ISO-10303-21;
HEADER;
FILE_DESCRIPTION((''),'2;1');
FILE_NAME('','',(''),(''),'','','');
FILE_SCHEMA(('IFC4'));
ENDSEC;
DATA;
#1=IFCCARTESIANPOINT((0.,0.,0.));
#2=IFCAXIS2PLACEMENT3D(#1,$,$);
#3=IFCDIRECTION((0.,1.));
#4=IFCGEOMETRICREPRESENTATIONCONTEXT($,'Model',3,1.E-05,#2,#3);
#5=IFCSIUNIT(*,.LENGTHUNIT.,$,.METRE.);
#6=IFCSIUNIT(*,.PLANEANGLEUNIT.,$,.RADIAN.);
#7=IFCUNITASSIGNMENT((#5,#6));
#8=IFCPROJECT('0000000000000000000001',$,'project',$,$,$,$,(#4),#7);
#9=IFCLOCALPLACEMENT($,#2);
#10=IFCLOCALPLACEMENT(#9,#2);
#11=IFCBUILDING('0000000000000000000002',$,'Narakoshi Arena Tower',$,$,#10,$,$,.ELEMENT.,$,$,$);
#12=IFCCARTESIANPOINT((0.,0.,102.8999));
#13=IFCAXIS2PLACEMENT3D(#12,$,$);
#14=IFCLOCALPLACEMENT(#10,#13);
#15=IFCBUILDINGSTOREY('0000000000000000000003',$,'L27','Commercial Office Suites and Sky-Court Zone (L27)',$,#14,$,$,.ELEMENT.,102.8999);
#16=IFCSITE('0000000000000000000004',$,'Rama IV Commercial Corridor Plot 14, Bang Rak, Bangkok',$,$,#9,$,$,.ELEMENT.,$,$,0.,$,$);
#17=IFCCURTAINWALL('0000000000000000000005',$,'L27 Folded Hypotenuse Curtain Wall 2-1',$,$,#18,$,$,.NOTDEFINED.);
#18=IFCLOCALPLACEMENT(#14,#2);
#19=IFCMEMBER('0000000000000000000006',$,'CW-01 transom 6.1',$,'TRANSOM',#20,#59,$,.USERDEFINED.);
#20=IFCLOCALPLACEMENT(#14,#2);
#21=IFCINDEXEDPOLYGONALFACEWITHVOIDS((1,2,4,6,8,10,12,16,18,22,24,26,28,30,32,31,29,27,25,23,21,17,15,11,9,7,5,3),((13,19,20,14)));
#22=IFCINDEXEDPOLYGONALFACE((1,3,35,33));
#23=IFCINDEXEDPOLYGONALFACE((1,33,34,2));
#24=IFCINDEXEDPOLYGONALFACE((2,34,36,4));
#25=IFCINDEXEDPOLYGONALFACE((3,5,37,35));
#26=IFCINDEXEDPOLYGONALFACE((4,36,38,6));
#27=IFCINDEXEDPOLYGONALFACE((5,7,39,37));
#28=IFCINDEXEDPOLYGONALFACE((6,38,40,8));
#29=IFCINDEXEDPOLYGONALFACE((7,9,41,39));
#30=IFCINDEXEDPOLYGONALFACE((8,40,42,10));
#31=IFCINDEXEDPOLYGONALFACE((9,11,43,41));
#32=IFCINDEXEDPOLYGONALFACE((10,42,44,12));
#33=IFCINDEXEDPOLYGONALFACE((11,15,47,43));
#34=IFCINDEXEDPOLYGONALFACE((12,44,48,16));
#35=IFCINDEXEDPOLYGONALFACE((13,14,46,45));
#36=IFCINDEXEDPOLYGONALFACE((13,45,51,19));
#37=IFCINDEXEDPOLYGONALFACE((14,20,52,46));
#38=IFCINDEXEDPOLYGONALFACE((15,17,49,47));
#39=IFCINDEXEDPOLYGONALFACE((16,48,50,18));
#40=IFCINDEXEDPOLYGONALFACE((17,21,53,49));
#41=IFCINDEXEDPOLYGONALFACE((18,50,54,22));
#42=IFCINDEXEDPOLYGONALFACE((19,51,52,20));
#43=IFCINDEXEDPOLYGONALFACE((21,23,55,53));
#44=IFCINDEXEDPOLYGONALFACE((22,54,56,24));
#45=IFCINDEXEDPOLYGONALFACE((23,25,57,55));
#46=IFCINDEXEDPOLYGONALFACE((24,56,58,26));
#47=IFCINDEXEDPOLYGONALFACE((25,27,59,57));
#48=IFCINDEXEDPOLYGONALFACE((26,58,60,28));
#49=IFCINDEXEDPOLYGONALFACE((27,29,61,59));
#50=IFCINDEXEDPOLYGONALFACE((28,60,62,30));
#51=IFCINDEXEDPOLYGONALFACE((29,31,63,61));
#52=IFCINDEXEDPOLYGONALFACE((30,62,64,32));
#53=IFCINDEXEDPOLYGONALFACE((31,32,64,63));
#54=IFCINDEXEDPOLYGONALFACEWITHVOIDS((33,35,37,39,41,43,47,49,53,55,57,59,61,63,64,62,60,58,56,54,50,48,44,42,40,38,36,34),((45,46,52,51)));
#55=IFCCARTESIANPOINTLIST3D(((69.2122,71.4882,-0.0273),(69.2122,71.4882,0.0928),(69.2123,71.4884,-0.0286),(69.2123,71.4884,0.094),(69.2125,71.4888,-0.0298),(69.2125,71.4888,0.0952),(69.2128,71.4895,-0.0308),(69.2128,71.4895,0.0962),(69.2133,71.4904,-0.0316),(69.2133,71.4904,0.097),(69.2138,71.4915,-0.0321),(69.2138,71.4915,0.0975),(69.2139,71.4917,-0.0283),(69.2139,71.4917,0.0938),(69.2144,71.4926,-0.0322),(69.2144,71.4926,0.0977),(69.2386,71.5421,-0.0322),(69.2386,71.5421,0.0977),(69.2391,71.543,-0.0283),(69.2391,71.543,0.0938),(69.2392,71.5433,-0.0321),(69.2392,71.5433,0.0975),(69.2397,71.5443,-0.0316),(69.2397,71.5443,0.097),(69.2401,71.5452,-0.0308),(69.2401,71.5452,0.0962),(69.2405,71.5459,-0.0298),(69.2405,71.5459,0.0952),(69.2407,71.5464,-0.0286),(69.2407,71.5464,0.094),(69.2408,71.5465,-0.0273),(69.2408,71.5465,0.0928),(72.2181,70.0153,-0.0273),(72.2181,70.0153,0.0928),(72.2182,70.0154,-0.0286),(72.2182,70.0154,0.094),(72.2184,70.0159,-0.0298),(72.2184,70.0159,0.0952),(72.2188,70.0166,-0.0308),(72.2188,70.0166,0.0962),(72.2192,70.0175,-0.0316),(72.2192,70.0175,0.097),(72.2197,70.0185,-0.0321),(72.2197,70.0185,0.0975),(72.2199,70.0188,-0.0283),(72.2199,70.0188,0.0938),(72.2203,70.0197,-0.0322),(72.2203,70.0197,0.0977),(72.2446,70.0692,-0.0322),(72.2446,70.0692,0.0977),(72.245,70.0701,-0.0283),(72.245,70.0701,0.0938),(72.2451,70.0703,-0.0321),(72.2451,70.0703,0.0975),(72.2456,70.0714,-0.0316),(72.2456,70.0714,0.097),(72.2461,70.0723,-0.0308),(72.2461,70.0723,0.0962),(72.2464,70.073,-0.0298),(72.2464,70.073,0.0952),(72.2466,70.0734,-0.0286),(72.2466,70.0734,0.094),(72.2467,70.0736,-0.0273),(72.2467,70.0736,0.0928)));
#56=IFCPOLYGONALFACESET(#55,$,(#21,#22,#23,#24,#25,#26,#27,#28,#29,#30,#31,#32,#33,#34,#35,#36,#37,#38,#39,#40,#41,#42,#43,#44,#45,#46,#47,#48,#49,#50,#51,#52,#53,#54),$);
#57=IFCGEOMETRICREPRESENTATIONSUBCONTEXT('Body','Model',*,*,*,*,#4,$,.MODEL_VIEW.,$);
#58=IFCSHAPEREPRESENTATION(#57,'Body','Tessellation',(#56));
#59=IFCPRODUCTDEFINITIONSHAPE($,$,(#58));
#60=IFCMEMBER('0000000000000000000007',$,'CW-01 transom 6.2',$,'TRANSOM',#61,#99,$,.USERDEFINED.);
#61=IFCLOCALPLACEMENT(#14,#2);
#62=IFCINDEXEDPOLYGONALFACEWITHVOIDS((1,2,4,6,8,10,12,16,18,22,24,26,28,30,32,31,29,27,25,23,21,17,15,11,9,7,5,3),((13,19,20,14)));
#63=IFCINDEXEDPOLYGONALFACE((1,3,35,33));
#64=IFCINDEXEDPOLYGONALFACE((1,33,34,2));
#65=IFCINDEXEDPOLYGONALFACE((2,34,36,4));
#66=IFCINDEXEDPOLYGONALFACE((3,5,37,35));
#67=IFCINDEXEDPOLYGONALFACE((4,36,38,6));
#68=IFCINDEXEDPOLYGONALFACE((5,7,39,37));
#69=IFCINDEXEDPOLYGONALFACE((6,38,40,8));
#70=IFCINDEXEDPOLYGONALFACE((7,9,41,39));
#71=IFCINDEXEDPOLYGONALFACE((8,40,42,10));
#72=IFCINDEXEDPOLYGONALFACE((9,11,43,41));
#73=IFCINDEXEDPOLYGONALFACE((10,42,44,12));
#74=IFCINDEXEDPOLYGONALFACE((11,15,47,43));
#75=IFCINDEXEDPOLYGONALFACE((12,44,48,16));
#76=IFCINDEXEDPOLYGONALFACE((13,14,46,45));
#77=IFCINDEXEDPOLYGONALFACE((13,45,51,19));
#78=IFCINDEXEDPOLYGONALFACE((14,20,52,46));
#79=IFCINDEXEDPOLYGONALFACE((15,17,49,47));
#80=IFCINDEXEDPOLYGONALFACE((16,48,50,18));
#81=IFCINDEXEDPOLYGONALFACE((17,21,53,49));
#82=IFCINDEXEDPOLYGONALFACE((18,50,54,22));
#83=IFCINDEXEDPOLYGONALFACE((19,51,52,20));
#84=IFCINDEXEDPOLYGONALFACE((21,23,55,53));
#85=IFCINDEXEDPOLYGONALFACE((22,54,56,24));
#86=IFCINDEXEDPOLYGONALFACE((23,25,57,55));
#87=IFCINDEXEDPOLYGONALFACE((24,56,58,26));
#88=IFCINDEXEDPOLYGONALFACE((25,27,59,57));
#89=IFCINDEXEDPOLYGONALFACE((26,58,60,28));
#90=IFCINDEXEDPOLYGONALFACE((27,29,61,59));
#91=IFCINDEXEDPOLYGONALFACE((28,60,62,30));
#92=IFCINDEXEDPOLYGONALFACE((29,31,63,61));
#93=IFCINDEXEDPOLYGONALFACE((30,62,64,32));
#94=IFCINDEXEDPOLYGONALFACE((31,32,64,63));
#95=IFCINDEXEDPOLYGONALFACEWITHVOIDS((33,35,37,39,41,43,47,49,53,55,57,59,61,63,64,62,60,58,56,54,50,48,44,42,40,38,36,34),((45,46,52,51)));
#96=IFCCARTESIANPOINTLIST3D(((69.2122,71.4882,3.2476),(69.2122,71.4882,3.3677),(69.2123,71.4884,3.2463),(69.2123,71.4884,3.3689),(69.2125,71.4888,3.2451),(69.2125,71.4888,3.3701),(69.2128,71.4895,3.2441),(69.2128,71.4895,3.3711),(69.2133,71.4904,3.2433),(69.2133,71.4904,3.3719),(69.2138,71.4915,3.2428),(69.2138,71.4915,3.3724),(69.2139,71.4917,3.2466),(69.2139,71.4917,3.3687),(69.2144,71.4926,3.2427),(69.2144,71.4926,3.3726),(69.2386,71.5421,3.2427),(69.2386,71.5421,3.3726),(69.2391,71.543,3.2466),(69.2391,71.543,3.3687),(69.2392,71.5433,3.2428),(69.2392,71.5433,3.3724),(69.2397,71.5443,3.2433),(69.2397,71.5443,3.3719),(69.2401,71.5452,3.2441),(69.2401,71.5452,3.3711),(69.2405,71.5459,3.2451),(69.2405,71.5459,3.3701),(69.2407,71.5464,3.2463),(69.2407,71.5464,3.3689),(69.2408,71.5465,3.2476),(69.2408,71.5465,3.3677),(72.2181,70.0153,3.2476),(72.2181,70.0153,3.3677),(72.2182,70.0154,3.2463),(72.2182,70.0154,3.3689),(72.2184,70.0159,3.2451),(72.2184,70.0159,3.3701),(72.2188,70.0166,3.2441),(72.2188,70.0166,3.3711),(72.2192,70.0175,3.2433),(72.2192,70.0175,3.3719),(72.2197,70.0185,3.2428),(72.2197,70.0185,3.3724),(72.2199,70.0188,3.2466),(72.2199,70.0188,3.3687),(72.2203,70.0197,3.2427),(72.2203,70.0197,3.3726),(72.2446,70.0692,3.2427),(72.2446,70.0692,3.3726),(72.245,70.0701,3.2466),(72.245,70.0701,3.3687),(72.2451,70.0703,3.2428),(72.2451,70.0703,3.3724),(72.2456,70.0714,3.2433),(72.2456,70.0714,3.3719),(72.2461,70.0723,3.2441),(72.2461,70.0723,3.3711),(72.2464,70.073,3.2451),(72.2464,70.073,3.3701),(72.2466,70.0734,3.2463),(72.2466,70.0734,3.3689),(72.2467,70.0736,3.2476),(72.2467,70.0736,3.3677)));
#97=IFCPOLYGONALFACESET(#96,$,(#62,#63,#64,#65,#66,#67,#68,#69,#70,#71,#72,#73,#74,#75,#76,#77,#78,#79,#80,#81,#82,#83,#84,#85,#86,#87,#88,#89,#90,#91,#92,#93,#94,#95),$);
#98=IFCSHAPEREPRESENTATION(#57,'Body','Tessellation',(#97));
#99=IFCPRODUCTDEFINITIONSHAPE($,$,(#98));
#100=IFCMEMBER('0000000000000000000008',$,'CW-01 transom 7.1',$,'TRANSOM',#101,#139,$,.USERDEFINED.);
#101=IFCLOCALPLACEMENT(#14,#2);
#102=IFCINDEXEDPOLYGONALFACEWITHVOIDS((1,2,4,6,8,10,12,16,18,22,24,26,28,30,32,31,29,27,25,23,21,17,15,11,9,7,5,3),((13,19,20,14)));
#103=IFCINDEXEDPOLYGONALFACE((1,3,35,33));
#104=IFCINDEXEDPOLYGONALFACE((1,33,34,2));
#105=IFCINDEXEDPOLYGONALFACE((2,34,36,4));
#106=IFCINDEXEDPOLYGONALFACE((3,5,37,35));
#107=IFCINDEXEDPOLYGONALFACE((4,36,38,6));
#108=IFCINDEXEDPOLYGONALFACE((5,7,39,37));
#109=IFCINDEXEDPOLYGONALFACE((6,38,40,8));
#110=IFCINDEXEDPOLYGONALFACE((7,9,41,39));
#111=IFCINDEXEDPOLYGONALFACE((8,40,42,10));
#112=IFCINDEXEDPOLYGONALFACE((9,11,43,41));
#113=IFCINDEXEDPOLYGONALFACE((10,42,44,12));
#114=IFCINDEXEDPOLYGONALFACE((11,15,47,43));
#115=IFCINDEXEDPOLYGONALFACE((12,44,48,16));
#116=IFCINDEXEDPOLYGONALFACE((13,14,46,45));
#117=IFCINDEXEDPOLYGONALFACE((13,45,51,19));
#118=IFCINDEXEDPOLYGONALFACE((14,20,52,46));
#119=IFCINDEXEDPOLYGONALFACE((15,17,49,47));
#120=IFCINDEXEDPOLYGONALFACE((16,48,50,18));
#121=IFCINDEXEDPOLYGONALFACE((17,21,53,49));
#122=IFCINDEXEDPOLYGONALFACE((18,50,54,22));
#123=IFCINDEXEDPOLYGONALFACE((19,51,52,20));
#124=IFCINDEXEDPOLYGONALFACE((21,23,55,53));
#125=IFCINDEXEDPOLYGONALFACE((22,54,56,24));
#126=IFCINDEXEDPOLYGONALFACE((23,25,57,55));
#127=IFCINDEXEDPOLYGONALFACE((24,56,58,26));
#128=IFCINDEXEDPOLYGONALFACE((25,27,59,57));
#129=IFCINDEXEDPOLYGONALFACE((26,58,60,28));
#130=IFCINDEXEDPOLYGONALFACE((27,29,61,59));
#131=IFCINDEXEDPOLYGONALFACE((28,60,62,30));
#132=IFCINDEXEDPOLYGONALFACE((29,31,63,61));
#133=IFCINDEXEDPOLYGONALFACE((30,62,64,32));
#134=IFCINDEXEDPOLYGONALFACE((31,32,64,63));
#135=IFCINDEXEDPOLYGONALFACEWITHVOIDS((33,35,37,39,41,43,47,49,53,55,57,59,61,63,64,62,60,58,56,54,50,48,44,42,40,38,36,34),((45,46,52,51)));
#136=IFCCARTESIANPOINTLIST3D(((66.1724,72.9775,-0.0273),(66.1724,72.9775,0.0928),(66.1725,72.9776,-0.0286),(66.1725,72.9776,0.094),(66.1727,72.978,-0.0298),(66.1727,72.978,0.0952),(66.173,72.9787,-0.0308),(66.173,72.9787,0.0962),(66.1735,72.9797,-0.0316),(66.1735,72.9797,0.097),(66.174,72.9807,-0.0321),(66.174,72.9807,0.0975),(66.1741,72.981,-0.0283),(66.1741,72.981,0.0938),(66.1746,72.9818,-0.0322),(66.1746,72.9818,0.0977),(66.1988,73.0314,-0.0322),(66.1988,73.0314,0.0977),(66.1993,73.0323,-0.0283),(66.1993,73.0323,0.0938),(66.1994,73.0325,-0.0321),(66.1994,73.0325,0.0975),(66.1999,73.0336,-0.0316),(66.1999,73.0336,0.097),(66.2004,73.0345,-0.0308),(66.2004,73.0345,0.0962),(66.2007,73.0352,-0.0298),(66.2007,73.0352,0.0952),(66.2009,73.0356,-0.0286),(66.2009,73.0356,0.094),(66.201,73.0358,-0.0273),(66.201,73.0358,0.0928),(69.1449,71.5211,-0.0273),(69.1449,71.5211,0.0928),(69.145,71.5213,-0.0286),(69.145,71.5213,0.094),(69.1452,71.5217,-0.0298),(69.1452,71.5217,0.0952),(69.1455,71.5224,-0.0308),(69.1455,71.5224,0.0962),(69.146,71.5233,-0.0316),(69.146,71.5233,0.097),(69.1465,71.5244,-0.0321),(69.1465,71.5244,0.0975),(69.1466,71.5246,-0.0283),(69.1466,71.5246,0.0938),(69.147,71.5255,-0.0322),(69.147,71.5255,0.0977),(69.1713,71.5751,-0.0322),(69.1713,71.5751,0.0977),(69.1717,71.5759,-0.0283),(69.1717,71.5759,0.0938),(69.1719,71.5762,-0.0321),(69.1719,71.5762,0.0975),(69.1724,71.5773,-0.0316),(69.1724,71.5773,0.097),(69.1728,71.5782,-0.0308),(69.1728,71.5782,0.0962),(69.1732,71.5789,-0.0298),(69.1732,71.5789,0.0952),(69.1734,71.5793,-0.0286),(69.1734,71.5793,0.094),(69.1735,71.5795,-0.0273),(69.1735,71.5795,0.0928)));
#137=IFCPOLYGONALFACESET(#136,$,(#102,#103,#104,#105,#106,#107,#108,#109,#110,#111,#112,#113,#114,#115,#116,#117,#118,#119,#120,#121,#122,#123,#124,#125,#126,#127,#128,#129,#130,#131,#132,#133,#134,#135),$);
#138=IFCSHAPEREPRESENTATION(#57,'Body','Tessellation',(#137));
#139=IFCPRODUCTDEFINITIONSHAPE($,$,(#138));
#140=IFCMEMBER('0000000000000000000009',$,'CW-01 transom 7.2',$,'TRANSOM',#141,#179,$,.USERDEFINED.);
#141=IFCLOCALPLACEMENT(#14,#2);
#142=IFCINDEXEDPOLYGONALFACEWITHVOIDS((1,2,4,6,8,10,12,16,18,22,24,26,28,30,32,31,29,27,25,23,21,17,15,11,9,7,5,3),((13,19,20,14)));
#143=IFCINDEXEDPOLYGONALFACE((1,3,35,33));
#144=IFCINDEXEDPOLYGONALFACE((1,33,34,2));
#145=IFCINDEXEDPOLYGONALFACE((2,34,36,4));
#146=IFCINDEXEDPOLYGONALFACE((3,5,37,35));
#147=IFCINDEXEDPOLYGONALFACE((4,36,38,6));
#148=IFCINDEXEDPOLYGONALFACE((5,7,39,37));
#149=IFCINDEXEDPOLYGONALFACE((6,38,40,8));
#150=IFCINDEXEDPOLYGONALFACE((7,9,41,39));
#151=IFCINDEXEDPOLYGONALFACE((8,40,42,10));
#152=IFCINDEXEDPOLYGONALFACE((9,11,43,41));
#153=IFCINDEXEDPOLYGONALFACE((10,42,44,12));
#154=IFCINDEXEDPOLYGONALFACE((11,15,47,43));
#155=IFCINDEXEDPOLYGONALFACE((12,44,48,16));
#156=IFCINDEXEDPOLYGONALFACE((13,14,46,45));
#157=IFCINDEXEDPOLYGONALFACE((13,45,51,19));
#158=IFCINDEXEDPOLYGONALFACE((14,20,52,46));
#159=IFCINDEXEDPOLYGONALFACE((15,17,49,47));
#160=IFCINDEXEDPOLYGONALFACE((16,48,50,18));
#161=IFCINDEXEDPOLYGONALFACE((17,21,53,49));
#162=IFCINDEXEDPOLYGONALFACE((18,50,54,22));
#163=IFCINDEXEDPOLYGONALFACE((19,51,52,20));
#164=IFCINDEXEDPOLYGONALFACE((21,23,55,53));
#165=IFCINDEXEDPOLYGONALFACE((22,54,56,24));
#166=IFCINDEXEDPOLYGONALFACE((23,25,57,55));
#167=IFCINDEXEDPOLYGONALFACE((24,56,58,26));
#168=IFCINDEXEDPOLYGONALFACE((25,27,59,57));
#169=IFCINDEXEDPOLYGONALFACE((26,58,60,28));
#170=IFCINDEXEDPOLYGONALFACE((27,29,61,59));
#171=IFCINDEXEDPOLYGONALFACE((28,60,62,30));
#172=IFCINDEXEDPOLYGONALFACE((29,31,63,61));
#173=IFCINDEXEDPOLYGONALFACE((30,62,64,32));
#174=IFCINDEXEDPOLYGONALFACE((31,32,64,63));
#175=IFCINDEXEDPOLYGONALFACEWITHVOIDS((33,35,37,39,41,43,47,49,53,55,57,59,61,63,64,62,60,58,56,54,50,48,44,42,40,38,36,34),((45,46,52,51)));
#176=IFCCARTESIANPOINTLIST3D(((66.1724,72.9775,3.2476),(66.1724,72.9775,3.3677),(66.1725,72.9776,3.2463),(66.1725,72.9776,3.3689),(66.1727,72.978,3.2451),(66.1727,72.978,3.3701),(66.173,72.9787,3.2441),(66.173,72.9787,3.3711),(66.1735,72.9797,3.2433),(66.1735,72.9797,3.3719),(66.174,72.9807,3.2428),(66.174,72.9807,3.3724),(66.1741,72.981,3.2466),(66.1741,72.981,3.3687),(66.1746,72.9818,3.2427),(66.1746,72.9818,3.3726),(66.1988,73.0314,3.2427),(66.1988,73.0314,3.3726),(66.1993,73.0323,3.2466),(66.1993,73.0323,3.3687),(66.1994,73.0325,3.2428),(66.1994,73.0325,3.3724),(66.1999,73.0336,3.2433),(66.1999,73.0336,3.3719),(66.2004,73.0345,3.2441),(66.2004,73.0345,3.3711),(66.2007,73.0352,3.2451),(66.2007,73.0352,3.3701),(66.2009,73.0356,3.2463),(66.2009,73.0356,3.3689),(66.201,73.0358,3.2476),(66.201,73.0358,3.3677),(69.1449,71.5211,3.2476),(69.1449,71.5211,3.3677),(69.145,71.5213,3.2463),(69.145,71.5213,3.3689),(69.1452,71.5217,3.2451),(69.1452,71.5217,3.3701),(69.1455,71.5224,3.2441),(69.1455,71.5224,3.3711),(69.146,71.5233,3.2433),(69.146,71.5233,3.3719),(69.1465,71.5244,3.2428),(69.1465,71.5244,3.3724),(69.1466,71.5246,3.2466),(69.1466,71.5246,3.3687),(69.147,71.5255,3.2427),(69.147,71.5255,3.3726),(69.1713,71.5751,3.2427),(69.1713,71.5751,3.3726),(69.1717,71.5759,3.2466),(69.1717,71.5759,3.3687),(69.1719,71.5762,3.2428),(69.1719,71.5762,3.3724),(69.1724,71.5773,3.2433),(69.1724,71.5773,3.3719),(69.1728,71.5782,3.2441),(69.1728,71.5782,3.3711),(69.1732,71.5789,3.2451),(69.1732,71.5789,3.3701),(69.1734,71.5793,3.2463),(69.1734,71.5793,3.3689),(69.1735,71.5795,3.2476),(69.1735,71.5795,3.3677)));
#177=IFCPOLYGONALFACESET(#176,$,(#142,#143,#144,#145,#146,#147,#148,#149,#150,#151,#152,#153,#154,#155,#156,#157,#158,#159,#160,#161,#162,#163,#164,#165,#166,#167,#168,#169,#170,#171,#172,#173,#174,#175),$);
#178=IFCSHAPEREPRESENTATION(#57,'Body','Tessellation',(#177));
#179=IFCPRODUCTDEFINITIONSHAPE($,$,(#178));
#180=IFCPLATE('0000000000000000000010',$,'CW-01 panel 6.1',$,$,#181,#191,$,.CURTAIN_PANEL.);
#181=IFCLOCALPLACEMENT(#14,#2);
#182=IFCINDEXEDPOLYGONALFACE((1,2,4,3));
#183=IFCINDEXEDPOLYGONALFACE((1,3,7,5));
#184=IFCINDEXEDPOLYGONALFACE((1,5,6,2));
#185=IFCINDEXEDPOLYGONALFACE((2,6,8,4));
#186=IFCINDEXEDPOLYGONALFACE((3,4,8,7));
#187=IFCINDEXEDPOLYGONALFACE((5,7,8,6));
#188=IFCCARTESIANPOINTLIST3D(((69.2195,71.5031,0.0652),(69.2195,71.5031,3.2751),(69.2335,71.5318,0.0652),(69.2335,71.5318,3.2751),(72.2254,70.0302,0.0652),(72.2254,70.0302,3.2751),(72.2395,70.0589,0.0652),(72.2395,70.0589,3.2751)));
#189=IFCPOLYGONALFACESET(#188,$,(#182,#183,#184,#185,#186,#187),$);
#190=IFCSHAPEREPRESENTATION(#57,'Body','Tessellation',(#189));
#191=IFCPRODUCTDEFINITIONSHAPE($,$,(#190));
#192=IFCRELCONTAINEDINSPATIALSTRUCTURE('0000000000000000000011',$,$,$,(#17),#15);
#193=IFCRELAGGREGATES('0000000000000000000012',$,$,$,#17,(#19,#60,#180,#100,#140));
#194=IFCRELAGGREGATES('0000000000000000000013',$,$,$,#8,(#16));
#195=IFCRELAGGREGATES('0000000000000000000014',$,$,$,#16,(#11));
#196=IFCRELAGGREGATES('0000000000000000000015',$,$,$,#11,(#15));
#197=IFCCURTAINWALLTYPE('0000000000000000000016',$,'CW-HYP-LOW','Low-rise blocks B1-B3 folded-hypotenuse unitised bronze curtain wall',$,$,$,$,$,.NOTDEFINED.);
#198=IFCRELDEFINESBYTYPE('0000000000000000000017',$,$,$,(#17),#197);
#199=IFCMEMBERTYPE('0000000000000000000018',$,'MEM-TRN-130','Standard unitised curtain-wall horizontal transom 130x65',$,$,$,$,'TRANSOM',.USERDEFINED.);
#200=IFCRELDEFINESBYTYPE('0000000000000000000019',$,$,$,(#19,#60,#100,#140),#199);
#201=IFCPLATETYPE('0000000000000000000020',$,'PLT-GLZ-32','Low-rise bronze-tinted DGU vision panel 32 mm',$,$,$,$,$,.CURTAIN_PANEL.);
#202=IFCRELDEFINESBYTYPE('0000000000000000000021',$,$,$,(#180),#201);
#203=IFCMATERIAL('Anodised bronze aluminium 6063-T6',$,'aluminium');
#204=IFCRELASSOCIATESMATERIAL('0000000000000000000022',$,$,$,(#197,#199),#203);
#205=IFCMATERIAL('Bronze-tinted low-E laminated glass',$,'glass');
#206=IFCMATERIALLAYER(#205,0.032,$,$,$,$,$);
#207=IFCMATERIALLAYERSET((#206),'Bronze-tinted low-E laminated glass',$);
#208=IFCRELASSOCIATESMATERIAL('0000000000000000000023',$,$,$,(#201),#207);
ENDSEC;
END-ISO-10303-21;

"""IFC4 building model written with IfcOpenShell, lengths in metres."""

from ifc_helpers import new_model, si_unit, direction, frame, origin, origin_2d, place, context, subcontext, project, spatial, rectangle, hollow_rectangle, extrude, material, layer, layer_set, material_profile, profile_set, type_object, element, aggregate, save


model = new_model("IFC4")

# Units and contexts
model_context = context("Model", 3, precision=1e-05, world=origin(), true_north=direction((0.0, 1.0)))
body_context = subcontext(model_context, "Body", "Model", "MODEL_VIEW")
ifc_project = project(units=[si_unit("LENGTHUNIT", "METRE"), si_unit("PLANEANGLEUNIT", "RADIAN")], contexts=[model_context])

# Site, building, storey
site_placement = place(None, origin())
site = spatial("IfcSite", under=ifc_project, at=site_placement, Name="Rama IV Commercial Corridor Plot 14, Bang Rak, Bangkok", CompositionType="ELEMENT", RefElevation=0.0)
building_placement = place(site_placement, origin())
building = spatial("IfcBuilding", under=site, at=building_placement, Name="Narakoshi Arena Tower", CompositionType="ELEMENT")
storey_placement = place(building_placement, frame((0.0, 0.0, 102.8999)))
storey = spatial("IfcBuildingStorey", under=building, at=storey_placement, Name="L27", Description="Commercial Office Suites and Sky-Court Zone (L27)", CompositionType="ELEMENT", Elevation=102.8999)

# Curtain wall, members, plate
ifc_material_1 = material(Name="Anodised bronze aluminium 6063-T6", Category="aluminium")
curtain_wall_type = type_object("IfcCurtainWallType", Name="CW-HYP-LOW", Description="Low-rise blocks B1-B3 folded-hypotenuse unitised bronze curtain wall", PredefinedType="NOTDEFINED", material=ifc_material_1)
curtain_wall_placement = place(storey_placement, origin())
curtain_wall = element("IfcCurtainWall", 1, at=curtain_wall_placement, inside=storey, type_object=curtain_wall_type, Name="L27 Folded Hypotenuse Curtain Wall 2-1", PredefinedType="NOTDEFINED")
ifc_material_profile_1 = material_profile(ifc_material_1, hollow_rectangle(XDim=0.0649, YDim=0.1299, WallThickness=0.0039, OuterFilletRadius=0.0049, at=origin_2d()), Name="TRN130x65x4")
ifc_profile_set_1 = profile_set([ifc_material_profile_1], Name="Anodised bronze aluminium 6063-T6")
member_type_1 = type_object("IfcMemberType", Name="MEM-TRN-130", Description="Standard unitised curtain-wall horizontal transom 130x65", ElementType="TRANSOM", PredefinedType="USERDEFINED", material=ifc_profile_set_1)
member_1_placement = place(storey_placement, frame((72.2324, 70.0444, 0.0327), z_axis=(-0.897987, 0.440022, 0.0), x_axis=(-0.440022, -0.897987, 0.0)))
member_1 = element("IfcMember", 2, at=member_1_placement, type_object=member_type_1, Name="CW-01 transom 6.1", ObjectType="TRANSOM", PredefinedType="USERDEFINED", context=body_context, shape_type="SweptSolid", body=[
    extrude(hollow_rectangle(XDim=0.0649, YDim=0.1299, WallThickness=0.0039, OuterFilletRadius=0.0049, at=origin_2d()), origin(), (0.0, 0.0, 1.0), 3.3474),
])
member_2_placement = place(storey_placement, frame((72.2324, 70.0444, 3.3076), z_axis=(-0.897987, 0.440022, 0.0), x_axis=(-0.440022, -0.897987, 0.0)))
member_2 = element("IfcMember", 3, at=member_2_placement, type_object=member_type_1, Name="CW-01 transom 6.2", ObjectType="TRANSOM", PredefinedType="USERDEFINED", context=body_context, shape_type="SweptSolid", body=[
    extrude(hollow_rectangle(XDim=0.0649, YDim=0.1299, WallThickness=0.0039, OuterFilletRadius=0.0049, at=origin_2d()), origin(), (0.0, 0.0, 1.0), 3.3474),
])
member_3_placement = place(storey_placement, frame((69.1592, 71.5503, 0.0327), z_axis=(-0.898012, 0.439971, 0.0), x_axis=(-0.439971, -0.898012, 0.0)))
member_3 = element("IfcMember", 4, at=member_3_placement, type_object=member_type_1, Name="CW-01 transom 7.1", ObjectType="TRANSOM", PredefinedType="USERDEFINED", context=body_context, shape_type="SweptSolid", body=[
    extrude(hollow_rectangle(XDim=0.0649, YDim=0.1299, WallThickness=0.0039, OuterFilletRadius=0.0049, at=origin_2d()), origin(), (0.0, 0.0, 1.0), 3.3101),
])
member_4_placement = place(storey_placement, frame((69.1592, 71.5503, 3.3076), z_axis=(-0.898012, 0.439971, 0.0), x_axis=(-0.439971, -0.898012, 0.0)))
member_4 = element("IfcMember", 5, at=member_4_placement, type_object=member_type_1, Name="CW-01 transom 7.2", ObjectType="TRANSOM", PredefinedType="USERDEFINED", context=body_context, shape_type="SweptSolid", body=[
    extrude(hollow_rectangle(XDim=0.0649, YDim=0.1299, WallThickness=0.0039, OuterFilletRadius=0.0049, at=origin_2d()), origin(), (0.0, 0.0, 1.0), 3.3101),
])
ifc_material_2 = material(Name="Bronze-tinted low-E laminated glass", Category="glass")
ifc_layer_1 = layer(ifc_material_2, 0.032)
ifc_layer_set_1 = layer_set([ifc_layer_1], Name="Bronze-tinted low-E laminated glass")
plate_type = type_object("IfcPlateType", Name="PLT-GLZ-32", Description="Low-rise bronze-tinted DGU vision panel 32 mm", PredefinedType="CURTAIN_PANEL", material=ifc_layer_set_1)
plate_1_placement = place(storey_placement, frame((70.7295, 70.781, 0.0652), z_axis=(0.0, 0.0, 1.0), x_axis=(-0.897996, 0.440005, 0.0)))
plate_1 = element("IfcPlate", 6, at=plate_1_placement, type_object=plate_type, Name="CW-01 panel 6.1", PredefinedType="CURTAIN_PANEL", context=body_context, shape_type="SweptSolid", body=[
    extrude(rectangle(XDim=3.3474, YDim=0.032, at=origin_2d()), origin(), (0.0, 0.0, 1.0), 3.21),
])
aggregate(curtain_wall, [member_1, member_2, plate_1, member_3, member_4])

save(model, "model.ifc")
